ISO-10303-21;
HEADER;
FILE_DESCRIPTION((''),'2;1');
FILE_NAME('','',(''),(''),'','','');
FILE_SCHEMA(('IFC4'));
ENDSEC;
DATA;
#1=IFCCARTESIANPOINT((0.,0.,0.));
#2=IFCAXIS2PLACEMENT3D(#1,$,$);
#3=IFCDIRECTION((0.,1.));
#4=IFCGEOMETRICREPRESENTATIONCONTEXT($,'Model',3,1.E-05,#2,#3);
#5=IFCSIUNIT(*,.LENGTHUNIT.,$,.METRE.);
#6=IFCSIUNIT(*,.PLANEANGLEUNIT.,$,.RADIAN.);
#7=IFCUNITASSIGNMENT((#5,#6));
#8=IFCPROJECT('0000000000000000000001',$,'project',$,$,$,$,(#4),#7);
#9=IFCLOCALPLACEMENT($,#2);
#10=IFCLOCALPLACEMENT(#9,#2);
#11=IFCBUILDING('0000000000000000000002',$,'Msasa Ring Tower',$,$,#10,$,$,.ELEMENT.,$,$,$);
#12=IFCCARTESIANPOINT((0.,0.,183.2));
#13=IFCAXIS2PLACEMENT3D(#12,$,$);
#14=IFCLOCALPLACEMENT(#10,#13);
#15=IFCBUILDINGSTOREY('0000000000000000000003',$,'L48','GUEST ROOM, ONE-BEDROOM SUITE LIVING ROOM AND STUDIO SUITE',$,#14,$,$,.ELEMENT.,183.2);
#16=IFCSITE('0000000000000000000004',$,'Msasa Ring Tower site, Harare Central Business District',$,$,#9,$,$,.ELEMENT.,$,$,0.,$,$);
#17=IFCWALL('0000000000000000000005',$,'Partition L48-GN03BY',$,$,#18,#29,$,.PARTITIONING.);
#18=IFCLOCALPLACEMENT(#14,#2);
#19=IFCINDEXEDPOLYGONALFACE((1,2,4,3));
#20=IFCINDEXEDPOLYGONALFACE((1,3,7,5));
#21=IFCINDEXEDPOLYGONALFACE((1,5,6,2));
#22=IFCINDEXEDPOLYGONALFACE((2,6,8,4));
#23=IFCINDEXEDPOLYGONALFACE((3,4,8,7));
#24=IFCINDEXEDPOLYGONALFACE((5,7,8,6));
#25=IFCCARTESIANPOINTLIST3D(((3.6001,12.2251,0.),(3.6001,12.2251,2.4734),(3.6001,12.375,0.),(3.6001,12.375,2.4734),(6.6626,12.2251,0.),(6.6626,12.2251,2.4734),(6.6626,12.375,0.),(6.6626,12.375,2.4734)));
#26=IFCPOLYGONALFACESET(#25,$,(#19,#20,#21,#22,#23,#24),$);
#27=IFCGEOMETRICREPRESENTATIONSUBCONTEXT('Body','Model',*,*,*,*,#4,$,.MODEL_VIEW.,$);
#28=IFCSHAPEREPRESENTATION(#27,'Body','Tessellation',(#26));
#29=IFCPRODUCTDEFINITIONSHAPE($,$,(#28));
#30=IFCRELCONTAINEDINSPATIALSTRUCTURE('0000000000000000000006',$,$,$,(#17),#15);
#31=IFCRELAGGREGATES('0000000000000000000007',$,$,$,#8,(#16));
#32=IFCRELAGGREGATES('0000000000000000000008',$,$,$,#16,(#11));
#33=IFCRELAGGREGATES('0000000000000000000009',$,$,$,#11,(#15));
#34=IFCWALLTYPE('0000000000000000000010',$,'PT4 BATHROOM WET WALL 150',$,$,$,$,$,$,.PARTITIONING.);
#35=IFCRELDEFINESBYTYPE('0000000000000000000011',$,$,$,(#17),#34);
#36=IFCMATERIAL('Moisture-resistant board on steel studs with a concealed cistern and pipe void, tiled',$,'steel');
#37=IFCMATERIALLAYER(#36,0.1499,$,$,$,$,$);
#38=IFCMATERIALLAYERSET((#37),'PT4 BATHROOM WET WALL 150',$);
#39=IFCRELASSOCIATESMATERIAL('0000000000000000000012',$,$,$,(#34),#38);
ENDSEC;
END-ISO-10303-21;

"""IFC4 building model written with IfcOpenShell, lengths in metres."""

from ifc_helpers import new_model, si_unit, direction, frame, frame_2d, origin, place, context, subcontext, project, spatial, rectangle, extrude, material, layer, layer_set, type_object, element, save


model = new_model("IFC4")

# Units and contexts
model_context = context("Model", 3, precision=1e-05, world=origin(), true_north=direction((0.0, 1.0)))
body_context = subcontext(model_context, "Body", "Model", "MODEL_VIEW")
ifc_project = project(units=[si_unit("LENGTHUNIT", "METRE"), si_unit("PLANEANGLEUNIT", "RADIAN")], contexts=[model_context])

# Site, building, storey
site_placement = place(None, origin())
site = spatial("IfcSite", under=ifc_project, at=site_placement, Name="Msasa Ring Tower site, Harare Central Business District", CompositionType="ELEMENT", RefElevation=0.0)
building_placement = place(site_placement, origin())
building = spatial("IfcBuilding", under=site, at=building_placement, Name="Msasa Ring Tower", CompositionType="ELEMENT")
storey_placement = place(building_placement, frame((0.0, 0.0, 183.2)))
storey = spatial("IfcBuildingStorey", under=building, at=storey_placement, Name="L48", Description="GUEST ROOM, ONE-BEDROOM SUITE LIVING ROOM AND STUDIO SUITE", CompositionType="ELEMENT", Elevation=183.2)

# Wall
ifc_material_1 = material(Name="Moisture-resistant board on steel studs with a concealed cistern and pipe void, tiled", Category="steel")
ifc_layer_1 = layer(ifc_material_1, 0.1499)
ifc_layer_set_1 = layer_set([ifc_layer_1], Name="PT4 BATHROOM WET WALL 150")
wall_type_1 = type_object("IfcWallType", Name="PT4 BATHROOM WET WALL 150", PredefinedType="PARTITIONING", material=ifc_layer_set_1)
wall_1_placement = place(storey_placement, frame((3.6001, 12.3, 0.0), z_axis=(0.0, 0.0, 1.0), x_axis=(1.0, 0.0, 0.0)))
element("IfcWall", 1, at=wall_1_placement, inside=storey, type_object=wall_type_1, Name="Partition L48-GN03BY", PredefinedType="PARTITIONING", context=body_context, shape_type="SweptSolid", body=[
    extrude(rectangle(XDim=3.0625, YDim=0.1499, at=frame_2d((1.5312, 0.0))), origin(), (0.0, 0.0, 1.0), 2.4734),
])

save(model, "model.ifc")
